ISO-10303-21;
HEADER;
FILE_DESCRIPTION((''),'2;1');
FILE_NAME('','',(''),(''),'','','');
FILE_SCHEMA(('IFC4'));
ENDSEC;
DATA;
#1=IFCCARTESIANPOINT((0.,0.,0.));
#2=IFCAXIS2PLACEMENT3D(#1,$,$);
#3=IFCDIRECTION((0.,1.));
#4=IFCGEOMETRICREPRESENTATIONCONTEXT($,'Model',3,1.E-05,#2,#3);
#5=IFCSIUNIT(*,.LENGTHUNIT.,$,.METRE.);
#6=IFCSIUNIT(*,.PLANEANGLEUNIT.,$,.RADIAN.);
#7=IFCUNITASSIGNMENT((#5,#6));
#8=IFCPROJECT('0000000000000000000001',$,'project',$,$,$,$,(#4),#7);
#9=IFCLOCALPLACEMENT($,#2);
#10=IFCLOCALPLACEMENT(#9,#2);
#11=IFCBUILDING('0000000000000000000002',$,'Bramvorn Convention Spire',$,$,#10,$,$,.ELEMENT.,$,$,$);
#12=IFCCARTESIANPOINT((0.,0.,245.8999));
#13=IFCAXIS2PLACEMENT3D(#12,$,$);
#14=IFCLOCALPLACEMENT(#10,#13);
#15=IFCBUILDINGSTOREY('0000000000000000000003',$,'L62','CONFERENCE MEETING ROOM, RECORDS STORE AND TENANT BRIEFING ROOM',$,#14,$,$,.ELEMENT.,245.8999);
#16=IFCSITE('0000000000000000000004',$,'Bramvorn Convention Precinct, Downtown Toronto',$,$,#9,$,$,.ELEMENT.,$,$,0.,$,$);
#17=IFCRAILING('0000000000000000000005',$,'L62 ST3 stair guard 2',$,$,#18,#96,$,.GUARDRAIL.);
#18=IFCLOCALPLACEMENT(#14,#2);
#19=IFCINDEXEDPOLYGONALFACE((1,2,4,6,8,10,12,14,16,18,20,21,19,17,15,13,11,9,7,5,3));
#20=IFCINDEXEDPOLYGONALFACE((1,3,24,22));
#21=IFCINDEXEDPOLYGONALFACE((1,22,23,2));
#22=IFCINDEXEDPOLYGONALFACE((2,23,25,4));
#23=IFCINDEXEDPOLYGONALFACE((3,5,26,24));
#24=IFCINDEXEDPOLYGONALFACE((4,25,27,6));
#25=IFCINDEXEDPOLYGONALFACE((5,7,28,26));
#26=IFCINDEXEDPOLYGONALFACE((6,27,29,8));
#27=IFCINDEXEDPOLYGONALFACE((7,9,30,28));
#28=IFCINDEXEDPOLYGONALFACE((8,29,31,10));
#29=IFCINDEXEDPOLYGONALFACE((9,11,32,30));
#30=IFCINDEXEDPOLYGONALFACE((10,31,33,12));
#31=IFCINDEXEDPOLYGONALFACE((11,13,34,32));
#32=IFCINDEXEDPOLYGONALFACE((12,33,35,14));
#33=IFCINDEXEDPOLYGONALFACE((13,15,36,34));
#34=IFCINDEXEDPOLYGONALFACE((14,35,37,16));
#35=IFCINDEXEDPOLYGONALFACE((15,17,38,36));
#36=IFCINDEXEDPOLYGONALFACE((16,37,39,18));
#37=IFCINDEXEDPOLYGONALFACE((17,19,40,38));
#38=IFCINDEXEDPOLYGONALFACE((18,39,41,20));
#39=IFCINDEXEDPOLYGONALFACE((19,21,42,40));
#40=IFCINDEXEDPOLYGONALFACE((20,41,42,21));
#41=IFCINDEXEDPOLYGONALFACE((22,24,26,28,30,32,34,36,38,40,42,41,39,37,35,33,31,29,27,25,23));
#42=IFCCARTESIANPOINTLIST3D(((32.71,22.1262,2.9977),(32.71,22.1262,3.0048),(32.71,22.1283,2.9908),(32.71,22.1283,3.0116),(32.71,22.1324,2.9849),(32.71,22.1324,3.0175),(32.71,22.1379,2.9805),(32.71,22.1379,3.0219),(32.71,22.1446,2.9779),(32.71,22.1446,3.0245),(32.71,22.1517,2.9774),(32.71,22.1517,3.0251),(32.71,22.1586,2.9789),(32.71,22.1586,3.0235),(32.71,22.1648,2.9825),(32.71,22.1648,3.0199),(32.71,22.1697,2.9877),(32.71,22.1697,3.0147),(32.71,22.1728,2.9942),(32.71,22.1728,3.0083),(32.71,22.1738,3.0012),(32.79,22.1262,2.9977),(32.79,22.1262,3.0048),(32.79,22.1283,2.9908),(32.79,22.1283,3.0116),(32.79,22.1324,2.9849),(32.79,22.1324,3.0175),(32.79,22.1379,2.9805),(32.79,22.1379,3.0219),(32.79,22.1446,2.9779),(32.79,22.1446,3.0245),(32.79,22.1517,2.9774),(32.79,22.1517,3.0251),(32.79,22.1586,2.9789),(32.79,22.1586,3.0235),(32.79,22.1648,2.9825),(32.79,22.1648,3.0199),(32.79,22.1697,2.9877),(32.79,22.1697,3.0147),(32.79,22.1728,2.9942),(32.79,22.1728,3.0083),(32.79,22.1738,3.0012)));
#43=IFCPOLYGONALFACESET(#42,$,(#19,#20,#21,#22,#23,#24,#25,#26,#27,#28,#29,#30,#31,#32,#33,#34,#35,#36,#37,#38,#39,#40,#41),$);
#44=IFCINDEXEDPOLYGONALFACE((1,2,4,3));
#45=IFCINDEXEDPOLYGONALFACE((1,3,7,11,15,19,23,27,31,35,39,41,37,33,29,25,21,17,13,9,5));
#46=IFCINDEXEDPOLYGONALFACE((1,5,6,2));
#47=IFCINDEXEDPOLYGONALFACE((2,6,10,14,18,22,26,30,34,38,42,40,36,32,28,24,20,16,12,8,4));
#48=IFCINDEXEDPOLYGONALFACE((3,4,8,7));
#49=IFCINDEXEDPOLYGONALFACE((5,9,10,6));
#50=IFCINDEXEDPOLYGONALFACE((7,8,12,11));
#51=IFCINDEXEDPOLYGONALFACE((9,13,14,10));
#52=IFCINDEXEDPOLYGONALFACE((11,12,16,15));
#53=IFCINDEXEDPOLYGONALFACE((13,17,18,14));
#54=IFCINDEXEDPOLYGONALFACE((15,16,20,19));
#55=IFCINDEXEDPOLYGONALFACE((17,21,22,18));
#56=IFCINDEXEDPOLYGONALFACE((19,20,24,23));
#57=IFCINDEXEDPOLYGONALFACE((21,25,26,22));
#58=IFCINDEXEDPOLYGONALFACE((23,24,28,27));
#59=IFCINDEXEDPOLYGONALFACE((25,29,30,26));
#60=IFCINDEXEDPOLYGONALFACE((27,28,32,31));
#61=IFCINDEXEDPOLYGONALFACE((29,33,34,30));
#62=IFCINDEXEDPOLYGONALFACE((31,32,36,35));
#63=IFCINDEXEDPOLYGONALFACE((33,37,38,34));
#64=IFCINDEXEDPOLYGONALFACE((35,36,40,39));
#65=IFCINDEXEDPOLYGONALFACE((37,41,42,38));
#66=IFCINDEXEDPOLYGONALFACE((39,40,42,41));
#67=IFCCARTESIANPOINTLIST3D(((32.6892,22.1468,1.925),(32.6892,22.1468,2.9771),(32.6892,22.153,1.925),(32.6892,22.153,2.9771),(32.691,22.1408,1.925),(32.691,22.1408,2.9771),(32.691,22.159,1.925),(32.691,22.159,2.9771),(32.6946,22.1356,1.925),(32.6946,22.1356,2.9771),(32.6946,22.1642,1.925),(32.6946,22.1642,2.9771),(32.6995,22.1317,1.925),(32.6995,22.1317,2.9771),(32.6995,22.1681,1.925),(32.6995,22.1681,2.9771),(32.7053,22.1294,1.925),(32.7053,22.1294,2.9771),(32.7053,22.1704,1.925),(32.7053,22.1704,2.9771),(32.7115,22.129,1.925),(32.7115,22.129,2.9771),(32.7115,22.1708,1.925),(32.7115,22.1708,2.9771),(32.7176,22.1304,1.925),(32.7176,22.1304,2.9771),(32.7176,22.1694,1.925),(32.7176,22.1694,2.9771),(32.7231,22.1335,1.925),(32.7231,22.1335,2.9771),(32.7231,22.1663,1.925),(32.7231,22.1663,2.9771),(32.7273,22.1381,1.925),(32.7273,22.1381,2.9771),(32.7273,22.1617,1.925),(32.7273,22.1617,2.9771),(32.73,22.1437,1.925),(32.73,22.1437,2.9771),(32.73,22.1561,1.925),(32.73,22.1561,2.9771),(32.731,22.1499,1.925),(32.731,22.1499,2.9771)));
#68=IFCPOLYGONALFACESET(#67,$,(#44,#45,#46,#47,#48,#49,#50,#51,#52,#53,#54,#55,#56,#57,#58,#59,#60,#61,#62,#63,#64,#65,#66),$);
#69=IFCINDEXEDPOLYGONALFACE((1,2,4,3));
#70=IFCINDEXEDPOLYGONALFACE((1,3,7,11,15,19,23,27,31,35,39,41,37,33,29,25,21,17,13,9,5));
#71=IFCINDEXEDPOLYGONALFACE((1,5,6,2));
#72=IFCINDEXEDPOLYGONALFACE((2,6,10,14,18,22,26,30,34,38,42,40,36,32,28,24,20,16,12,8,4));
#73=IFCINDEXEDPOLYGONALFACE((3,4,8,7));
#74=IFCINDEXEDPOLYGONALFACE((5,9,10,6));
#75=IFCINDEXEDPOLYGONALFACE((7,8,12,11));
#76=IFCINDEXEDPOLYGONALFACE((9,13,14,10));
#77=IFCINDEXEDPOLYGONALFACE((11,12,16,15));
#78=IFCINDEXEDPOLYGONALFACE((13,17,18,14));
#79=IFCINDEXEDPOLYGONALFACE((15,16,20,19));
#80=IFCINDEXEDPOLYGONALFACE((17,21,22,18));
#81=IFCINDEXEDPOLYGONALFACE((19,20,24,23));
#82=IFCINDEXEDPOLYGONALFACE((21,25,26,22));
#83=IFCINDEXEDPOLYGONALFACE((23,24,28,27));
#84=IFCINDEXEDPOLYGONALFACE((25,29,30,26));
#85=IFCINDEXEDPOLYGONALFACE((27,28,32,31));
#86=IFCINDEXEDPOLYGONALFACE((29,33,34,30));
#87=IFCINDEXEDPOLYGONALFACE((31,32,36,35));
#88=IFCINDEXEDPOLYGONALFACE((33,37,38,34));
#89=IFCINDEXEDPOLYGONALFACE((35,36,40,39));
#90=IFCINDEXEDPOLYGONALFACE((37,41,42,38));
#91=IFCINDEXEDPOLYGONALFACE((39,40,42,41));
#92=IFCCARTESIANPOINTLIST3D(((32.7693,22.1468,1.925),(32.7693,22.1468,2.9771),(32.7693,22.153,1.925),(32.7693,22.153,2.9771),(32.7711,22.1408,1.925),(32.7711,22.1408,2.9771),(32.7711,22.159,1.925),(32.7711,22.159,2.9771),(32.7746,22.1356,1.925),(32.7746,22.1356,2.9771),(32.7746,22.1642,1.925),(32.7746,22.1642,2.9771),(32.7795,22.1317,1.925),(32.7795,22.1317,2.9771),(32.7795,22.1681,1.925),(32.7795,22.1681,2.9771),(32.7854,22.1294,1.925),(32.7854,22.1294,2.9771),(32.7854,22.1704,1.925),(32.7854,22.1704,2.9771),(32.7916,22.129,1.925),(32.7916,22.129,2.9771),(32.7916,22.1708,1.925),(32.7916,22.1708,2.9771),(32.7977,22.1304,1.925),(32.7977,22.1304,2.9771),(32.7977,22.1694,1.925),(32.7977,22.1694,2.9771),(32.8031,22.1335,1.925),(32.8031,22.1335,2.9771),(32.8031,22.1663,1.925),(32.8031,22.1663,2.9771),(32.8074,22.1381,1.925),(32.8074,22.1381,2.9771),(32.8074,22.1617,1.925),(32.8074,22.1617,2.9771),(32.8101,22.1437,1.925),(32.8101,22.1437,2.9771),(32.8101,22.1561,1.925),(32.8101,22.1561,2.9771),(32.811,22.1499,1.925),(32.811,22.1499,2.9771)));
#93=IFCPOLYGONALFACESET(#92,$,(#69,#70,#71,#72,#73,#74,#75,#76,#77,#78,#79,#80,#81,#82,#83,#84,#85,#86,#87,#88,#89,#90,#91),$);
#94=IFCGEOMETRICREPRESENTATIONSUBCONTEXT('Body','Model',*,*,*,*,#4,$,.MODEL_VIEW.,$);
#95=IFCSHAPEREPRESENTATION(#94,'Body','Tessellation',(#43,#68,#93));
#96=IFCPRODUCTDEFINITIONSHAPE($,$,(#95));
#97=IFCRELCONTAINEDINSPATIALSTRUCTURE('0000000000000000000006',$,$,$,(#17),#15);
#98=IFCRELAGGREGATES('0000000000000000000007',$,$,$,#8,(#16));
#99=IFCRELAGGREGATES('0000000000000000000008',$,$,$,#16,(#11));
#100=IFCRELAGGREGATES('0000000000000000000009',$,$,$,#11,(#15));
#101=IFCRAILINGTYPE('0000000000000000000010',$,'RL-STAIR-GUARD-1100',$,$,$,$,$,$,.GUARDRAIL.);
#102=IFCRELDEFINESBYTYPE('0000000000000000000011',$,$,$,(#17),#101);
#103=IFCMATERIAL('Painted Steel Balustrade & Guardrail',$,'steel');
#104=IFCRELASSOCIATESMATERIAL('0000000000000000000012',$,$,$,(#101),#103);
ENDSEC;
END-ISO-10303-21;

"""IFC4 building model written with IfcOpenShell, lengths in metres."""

from ifc_helpers import new_model, si_unit, direction, frame, origin, origin_2d, place, context, subcontext, project, spatial, circle, extrude, material, type_object, element, save


model = new_model("IFC4")

# Units and contexts
model_context = context("Model", 3, precision=1e-05, world=origin(), true_north=direction((0.0, 1.0)))
body_context = subcontext(model_context, "Body", "Model", "MODEL_VIEW")
ifc_project = project(units=[si_unit("LENGTHUNIT", "METRE"), si_unit("PLANEANGLEUNIT", "RADIAN")], contexts=[model_context])

# Site, building, storey
site_placement = place(None, origin())
site = spatial("IfcSite", under=ifc_project, at=site_placement, Name="Bramvorn Convention Precinct, Downtown Toronto", CompositionType="ELEMENT", RefElevation=0.0)
building_placement = place(site_placement, origin())
building = spatial("IfcBuilding", under=site, at=building_placement, Name="Bramvorn Convention Spire", CompositionType="ELEMENT")
storey_placement = place(building_placement, frame((0.0, 0.0, 245.8999)))
storey = spatial("IfcBuildingStorey", under=building, at=storey_placement, Name="L62", Description="CONFERENCE MEETING ROOM, RECORDS STORE AND TENANT BRIEFING ROOM", CompositionType="ELEMENT", Elevation=245.8999)

# Railing
ifc_material_1 = material(Name="Painted Steel Balustrade & Guardrail", Category="steel")
railing_type_1 = type_object("IfcRailingType", Name="RL-STAIR-GUARD-1100", PredefinedType="GUARDRAIL", material=ifc_material_1)
railing_1_placement = place(storey_placement, frame((32.71, 22.1499, 1.925)))
element("IfcRailing", 1, at=railing_1_placement, inside=storey, type_object=railing_type_1, Name="L62 ST3 stair guard 2", PredefinedType="GUARDRAIL", context=body_context, shape_type="SweptSolid", body=[
    extrude(circle(Radius=0.0239, at=origin_2d()), frame((0.0, 0.0, 1.0762), z_axis=(1.0, 0.0, 0.0), x_axis=(0.0, 1.0, 0.0)), (0.0, 0.0, 1.0), 0.0801),
    extrude(circle(Radius=0.021, at=origin_2d()), origin(), (0.0, 0.0, 1.0), 1.052),
    extrude(circle(Radius=0.021, at=origin_2d()), frame((0.0801, 0.0, 0.0)), (0.0, 0.0, 1.0), 1.052),
])

save(model, "model.ifc")
